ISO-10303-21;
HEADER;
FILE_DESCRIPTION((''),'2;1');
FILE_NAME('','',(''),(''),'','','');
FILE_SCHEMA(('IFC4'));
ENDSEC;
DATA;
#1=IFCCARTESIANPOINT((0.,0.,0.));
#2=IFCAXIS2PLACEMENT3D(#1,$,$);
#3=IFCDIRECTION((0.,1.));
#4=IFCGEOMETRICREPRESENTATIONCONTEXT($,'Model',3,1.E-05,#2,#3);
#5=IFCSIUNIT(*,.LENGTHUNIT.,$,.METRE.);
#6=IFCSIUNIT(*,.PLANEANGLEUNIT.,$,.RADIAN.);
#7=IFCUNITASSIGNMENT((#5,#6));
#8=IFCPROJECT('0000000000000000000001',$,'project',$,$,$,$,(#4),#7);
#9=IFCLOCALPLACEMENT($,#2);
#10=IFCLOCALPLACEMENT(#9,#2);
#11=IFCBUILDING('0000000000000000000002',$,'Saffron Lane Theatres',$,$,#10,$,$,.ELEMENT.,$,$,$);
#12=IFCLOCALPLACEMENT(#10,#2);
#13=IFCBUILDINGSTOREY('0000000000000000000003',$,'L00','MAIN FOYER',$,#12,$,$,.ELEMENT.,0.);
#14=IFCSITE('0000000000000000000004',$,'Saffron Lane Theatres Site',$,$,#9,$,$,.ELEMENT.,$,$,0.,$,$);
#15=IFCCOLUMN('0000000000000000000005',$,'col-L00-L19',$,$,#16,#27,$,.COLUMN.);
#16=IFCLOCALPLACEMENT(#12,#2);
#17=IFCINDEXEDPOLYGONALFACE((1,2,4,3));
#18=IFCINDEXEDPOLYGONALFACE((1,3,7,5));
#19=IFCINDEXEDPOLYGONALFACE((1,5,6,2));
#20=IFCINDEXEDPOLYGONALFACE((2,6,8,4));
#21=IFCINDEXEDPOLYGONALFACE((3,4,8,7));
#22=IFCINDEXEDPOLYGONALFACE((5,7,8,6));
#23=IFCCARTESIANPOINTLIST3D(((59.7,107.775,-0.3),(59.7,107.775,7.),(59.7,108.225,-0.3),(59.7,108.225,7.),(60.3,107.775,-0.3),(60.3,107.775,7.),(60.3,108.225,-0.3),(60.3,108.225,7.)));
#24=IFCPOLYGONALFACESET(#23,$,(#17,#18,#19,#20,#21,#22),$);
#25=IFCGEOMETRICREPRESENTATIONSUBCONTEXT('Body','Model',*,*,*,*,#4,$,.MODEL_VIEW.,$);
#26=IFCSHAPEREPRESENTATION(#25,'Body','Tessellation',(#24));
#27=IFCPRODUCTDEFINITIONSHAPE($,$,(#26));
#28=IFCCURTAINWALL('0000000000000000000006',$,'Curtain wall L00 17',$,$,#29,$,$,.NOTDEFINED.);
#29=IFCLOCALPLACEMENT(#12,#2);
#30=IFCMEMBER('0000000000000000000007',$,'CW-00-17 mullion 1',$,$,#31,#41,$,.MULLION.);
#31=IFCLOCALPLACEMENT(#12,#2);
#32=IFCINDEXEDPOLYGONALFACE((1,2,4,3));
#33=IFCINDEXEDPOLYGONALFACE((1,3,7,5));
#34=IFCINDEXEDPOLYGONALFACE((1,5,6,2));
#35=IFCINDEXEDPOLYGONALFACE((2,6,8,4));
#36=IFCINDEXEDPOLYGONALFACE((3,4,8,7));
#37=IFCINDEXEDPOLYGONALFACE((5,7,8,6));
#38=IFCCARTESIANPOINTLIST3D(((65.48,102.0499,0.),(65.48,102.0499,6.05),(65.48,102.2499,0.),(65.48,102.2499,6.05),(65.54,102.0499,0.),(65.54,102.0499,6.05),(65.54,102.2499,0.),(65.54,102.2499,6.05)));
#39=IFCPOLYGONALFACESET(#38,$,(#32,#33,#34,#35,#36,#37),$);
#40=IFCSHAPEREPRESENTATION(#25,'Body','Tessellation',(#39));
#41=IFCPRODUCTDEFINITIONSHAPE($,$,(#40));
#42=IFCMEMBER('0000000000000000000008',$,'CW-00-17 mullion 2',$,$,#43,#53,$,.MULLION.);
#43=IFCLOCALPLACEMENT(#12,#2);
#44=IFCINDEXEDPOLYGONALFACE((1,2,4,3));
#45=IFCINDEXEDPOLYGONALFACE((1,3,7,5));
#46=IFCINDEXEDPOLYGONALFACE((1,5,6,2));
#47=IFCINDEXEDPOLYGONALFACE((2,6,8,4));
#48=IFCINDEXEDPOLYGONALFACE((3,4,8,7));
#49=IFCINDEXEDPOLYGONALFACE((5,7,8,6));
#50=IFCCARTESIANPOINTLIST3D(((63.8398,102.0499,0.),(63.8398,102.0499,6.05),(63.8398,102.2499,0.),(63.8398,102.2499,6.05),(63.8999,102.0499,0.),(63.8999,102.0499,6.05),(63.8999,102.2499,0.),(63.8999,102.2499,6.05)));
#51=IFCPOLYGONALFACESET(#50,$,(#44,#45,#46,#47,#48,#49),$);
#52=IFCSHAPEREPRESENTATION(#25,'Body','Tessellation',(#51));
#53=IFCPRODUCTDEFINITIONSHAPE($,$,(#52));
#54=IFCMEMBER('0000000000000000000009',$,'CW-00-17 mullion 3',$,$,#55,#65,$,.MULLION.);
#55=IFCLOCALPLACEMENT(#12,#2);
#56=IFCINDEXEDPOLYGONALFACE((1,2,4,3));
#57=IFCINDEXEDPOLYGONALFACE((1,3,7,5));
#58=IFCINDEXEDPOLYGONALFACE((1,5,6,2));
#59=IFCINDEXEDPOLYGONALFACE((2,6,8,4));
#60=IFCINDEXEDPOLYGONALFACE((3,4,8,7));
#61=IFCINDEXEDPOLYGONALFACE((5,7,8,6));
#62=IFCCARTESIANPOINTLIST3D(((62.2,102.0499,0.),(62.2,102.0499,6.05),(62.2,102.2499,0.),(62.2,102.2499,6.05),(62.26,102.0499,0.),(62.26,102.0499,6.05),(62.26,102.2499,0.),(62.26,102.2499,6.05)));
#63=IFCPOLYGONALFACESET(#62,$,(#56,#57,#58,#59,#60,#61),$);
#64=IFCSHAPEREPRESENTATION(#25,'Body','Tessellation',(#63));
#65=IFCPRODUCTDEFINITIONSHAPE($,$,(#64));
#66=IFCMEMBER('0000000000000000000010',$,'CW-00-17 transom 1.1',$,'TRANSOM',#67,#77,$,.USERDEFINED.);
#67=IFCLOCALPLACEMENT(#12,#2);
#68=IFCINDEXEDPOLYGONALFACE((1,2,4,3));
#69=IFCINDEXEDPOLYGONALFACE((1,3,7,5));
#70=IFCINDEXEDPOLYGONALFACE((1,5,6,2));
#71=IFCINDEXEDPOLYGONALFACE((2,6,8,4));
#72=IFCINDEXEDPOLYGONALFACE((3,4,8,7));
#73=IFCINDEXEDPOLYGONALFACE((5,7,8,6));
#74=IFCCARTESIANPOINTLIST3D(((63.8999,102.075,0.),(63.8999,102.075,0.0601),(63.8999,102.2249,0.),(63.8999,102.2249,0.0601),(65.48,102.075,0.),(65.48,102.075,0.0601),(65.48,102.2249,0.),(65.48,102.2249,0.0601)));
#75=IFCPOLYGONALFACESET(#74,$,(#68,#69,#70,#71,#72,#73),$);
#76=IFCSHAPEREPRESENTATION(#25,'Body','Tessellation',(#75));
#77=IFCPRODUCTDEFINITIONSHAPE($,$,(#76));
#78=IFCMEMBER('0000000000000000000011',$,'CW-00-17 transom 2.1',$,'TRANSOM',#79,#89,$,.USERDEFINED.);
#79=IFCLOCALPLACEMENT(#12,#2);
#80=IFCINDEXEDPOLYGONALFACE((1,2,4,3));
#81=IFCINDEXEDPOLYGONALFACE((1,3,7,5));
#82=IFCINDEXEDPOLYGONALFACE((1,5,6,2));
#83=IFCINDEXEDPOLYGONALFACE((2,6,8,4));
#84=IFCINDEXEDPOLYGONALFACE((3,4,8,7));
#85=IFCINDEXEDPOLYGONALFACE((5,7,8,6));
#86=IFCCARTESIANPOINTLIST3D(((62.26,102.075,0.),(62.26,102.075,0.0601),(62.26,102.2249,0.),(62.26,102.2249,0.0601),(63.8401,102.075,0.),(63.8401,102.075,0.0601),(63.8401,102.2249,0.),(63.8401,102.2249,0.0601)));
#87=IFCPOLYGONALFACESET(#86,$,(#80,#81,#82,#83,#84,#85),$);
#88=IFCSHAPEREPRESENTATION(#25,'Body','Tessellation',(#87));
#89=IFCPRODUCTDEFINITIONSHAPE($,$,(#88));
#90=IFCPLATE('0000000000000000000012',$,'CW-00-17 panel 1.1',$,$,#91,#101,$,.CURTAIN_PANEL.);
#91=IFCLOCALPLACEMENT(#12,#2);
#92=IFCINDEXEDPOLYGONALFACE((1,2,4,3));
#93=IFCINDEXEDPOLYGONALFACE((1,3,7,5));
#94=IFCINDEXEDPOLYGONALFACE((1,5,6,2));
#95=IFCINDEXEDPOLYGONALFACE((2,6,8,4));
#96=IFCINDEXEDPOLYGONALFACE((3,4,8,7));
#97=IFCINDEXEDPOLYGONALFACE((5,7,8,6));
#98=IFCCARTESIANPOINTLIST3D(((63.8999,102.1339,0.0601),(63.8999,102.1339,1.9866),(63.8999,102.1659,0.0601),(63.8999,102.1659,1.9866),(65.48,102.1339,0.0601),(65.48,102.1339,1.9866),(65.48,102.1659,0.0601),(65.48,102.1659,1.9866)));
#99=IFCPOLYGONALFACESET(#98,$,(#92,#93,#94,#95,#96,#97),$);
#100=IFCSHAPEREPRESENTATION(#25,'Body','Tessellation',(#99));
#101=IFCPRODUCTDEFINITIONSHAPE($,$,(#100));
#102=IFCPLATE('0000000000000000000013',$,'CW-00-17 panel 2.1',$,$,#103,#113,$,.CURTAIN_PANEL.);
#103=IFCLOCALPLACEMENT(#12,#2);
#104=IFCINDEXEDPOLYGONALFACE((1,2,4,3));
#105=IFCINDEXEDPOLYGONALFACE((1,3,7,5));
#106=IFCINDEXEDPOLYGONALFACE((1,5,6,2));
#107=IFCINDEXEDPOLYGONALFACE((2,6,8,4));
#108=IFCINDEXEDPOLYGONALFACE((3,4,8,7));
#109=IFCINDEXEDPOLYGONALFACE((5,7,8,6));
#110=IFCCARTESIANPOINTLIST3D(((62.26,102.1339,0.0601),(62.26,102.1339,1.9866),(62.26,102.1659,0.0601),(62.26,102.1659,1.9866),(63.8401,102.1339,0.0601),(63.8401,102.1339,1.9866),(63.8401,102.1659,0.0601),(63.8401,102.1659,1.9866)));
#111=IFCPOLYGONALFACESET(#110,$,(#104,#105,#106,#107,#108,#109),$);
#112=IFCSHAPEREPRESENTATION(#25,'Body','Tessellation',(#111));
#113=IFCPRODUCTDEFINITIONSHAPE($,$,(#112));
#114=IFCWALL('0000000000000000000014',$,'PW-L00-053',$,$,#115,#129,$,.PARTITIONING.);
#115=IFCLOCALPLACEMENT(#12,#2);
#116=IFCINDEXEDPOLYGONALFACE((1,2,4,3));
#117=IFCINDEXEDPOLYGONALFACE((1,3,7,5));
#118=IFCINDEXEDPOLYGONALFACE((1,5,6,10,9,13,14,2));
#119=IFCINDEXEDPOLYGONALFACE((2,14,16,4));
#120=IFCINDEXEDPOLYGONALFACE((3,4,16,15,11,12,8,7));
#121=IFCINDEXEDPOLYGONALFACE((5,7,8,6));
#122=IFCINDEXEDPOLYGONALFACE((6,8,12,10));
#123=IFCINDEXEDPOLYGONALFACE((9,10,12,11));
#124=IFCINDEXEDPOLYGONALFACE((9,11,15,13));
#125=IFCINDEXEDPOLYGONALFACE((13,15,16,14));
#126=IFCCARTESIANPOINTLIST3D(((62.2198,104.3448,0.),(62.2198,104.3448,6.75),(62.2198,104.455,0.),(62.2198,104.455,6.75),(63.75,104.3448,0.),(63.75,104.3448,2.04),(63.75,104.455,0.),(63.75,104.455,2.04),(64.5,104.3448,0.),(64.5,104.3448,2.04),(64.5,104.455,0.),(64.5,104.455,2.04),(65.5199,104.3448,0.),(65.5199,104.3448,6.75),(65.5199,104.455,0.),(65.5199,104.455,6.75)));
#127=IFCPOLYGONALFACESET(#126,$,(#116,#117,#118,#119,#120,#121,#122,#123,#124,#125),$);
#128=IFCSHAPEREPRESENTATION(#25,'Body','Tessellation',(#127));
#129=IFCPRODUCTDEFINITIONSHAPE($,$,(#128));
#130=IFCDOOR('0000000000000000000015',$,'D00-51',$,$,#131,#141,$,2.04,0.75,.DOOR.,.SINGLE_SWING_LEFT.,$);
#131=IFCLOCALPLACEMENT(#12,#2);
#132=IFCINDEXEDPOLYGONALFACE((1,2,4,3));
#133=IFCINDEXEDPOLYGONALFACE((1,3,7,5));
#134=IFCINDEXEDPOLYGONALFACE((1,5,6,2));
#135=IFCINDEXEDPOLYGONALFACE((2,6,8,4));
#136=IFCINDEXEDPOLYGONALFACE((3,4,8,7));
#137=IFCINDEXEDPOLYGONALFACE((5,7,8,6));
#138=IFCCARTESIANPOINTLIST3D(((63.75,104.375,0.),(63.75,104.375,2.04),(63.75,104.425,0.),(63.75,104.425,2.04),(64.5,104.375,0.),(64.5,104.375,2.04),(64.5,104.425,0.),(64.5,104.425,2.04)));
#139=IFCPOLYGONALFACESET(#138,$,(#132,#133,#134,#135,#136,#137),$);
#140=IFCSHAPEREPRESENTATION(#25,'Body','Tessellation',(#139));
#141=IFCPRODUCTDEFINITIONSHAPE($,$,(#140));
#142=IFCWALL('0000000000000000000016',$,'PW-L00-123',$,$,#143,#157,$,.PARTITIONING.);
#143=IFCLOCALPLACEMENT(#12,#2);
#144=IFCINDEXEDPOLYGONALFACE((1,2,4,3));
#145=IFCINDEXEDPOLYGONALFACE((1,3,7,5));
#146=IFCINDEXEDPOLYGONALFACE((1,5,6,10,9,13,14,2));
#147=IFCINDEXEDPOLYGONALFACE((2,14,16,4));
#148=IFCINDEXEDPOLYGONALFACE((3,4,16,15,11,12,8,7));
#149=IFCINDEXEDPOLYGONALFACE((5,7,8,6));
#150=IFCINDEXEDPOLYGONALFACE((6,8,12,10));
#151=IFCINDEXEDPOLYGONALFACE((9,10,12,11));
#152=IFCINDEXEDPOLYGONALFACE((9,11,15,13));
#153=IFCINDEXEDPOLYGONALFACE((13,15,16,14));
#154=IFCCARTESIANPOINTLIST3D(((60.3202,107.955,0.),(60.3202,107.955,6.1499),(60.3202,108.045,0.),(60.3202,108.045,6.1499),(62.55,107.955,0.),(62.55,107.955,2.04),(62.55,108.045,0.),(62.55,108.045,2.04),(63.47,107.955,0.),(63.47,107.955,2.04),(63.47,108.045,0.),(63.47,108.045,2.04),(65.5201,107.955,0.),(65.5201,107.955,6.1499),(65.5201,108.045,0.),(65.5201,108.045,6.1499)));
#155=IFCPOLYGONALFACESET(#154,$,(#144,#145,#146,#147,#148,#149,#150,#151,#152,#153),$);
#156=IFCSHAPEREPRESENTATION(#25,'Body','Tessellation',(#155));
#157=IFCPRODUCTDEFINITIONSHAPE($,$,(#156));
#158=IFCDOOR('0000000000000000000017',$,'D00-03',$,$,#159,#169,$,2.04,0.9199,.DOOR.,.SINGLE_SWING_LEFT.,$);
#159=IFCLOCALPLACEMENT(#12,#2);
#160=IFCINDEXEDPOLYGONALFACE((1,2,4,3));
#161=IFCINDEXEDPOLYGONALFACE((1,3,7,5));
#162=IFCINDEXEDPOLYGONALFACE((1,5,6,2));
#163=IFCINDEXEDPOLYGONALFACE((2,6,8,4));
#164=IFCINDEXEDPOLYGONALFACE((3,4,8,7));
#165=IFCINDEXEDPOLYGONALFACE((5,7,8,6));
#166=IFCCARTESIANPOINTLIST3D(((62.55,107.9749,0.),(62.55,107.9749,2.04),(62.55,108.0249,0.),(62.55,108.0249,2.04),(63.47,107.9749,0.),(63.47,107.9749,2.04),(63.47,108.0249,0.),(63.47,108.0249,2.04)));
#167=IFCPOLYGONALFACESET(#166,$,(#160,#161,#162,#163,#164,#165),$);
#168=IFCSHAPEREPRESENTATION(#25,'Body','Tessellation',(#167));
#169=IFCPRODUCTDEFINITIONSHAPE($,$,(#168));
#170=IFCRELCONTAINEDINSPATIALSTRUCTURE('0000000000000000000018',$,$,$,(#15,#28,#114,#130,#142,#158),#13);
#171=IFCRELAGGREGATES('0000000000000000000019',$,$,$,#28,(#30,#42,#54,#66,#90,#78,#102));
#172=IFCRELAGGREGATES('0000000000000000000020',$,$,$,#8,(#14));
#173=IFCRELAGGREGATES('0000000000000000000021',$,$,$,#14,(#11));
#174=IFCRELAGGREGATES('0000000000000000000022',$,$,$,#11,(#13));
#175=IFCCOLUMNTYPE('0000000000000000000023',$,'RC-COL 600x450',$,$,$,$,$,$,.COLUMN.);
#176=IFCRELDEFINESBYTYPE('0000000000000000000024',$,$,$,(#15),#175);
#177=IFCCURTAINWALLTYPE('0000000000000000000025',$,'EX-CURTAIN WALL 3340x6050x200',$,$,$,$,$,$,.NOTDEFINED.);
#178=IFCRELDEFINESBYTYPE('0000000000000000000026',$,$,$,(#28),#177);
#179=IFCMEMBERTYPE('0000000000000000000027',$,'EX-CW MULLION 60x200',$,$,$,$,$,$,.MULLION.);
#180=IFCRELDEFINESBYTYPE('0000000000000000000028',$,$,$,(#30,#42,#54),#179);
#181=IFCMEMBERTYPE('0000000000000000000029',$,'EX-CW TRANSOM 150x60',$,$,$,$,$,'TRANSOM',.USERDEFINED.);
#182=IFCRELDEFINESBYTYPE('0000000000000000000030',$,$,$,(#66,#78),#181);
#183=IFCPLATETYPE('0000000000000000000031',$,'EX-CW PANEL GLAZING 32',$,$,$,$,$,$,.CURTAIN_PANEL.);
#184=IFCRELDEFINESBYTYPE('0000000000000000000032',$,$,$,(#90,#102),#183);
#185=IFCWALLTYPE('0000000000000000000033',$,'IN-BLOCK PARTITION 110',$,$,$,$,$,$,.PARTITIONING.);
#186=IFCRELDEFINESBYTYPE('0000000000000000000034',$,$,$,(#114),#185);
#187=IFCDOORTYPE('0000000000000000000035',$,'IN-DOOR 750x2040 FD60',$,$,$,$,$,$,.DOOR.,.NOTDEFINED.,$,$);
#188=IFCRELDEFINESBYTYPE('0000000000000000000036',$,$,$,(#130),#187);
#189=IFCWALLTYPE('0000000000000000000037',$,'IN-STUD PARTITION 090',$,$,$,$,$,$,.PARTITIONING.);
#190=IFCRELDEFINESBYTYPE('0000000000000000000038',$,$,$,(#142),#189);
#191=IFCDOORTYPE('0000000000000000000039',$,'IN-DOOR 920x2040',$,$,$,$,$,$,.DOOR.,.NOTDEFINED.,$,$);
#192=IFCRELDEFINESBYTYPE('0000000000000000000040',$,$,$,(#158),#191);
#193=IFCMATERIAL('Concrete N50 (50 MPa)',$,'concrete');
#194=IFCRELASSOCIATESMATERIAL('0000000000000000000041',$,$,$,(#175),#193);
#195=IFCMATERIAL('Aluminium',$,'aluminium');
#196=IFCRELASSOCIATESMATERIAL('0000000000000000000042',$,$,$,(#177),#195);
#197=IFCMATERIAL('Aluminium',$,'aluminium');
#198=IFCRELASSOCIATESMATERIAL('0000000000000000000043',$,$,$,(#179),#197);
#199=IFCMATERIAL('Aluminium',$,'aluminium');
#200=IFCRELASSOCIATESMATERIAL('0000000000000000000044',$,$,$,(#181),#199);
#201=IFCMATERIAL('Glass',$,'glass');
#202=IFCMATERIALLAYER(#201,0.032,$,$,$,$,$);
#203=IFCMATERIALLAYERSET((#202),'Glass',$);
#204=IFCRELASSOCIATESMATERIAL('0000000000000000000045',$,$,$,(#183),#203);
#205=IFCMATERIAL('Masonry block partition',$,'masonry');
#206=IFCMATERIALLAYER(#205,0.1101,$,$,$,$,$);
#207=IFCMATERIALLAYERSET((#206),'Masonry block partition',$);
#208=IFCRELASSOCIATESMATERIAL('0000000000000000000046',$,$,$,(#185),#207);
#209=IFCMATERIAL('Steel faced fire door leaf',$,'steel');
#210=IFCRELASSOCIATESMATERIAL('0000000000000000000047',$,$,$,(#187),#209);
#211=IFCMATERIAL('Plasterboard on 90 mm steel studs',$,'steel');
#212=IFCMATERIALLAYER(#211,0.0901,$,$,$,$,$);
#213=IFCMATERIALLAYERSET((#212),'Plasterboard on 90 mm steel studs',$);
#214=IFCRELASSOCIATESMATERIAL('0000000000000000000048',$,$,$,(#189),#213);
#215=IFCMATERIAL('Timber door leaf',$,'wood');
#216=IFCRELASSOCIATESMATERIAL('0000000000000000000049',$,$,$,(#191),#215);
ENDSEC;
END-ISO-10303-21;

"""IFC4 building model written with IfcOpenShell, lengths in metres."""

from ifc_helpers import new_model, si_unit, direction, frame, frame_2d, origin, origin_2d, place, context, subcontext, project, spatial, rectangle, extrude, material, layer, layer_set, material_profile, profile_set, type_object, element, fill, aggregate, save


model = new_model("IFC4")

# Units and contexts
model_context = context("Model", 3, precision=1e-05, world=origin(), true_north=direction((0.0, 1.0)))
body_context = subcontext(model_context, "Body", "Model", "MODEL_VIEW")
ifc_project = project(units=[si_unit("LENGTHUNIT", "METRE"), si_unit("PLANEANGLEUNIT", "RADIAN")], contexts=[model_context])

# Site, building, storey
site_placement = place(None, origin())
site = spatial("IfcSite", under=ifc_project, at=site_placement, Name="Saffron Lane Theatres Site", CompositionType="ELEMENT", RefElevation=0.0)
building_placement = place(site_placement, origin())
building = spatial("IfcBuilding", under=site, at=building_placement, Name="Saffron Lane Theatres", CompositionType="ELEMENT")
storey_placement = place(building_placement, origin())
storey = spatial("IfcBuildingStorey", under=building, at=storey_placement, Name="L00", Description="MAIN FOYER", CompositionType="ELEMENT", Elevation=0.0)

# Column
ifc_material_1 = material(Name="Concrete N50 (50 MPa)", Category="concrete")
ifc_material_profile_1 = material_profile(ifc_material_1, rectangle(XDim=0.6001, YDim=0.45, at=origin_2d()))
ifc_profile_set_1 = profile_set([ifc_material_profile_1], Name="Concrete N50 (50 MPa)")
column_type = type_object("IfcColumnType", Name="RC-COL 600x450", PredefinedType="COLUMN", material=ifc_profile_set_1)
column_placement = place(storey_placement, frame((60.0, 108.0, -0.3), z_axis=(0.0, 0.0, 1.0), x_axis=(1.0, 0.0, 0.0)))
element("IfcColumn", 1, at=column_placement, inside=storey, type_object=column_type, Name="col-L00-L19", PredefinedType="COLUMN", context=body_context, shape_type="SweptSolid", body=[
    extrude(rectangle(XDim=0.6001, YDim=0.45, at=origin_2d()), origin(), (0.0, 0.0, 1.0), 7.3),
])

# Curtain wall, members, plates
ifc_material_2 = material(Name="Aluminium", Category="aluminium")
curtain_wall_type = type_object("IfcCurtainWallType", Name="EX-CURTAIN WALL 3340x6050x200", PredefinedType="NOTDEFINED", material=ifc_material_2)
curtain_wall_placement = place(storey_placement, origin())
curtain_wall = element("IfcCurtainWall", 2, at=curtain_wall_placement, inside=storey, type_object=curtain_wall_type, Name="Curtain wall L00 17", PredefinedType="NOTDEFINED")
ifc_material_3 = material(Name="Aluminium", Category="aluminium")
ifc_material_profile_2 = material_profile(ifc_material_3, rectangle(XDim=0.0601, YDim=0.2, at=origin_2d()))
ifc_profile_set_2 = profile_set([ifc_material_profile_2], Name="Aluminium")
member_type_1 = type_object("IfcMemberType", Name="EX-CW MULLION 60x200", PredefinedType="MULLION", material=ifc_profile_set_2)
member_1_placement = place(storey_placement, frame((65.51, 102.1499, 0.0), z_axis=(0.0, 0.0, 1.0), x_axis=(-1.0, 0.0, 0.0)))
member_1 = element("IfcMember", 3, at=member_1_placement, type_object=member_type_1, Name="CW-00-17 mullion 1", PredefinedType="MULLION", context=body_context, shape_type="SweptSolid", body=[
    extrude(rectangle(XDim=0.0601, YDim=0.2, at=origin_2d()), origin(), (0.0, 0.0, 1.0), 6.05),
])
member_2_placement = place(storey_placement, frame((63.8699, 102.1499, 0.0), z_axis=(0.0, 0.0, 1.0), x_axis=(-1.0, 0.0, 0.0)))
member_2 = element("IfcMember", 4, at=member_2_placement, type_object=member_type_1, Name="CW-00-17 mullion 2", PredefinedType="MULLION", context=body_context, shape_type="SweptSolid", body=[
    extrude(rectangle(XDim=0.0601, YDim=0.2, at=origin_2d()), origin(), (0.0, 0.0, 1.0), 6.05),
])
member_3_placement = place(storey_placement, frame((62.23, 102.1499, 0.0), z_axis=(0.0, 0.0, 1.0), x_axis=(-1.0, 0.0, 0.0)))
member_3 = element("IfcMember", 5, at=member_3_placement, type_object=member_type_1, Name="CW-00-17 mullion 3", PredefinedType="MULLION", context=body_context, shape_type="SweptSolid", body=[
    extrude(rectangle(XDim=0.0601, YDim=0.2, at=origin_2d()), origin(), (0.0, 0.0, 1.0), 6.05),
])
ifc_material_4 = material(Name="Aluminium", Category="aluminium")
ifc_material_profile_3 = material_profile(ifc_material_4, rectangle(XDim=0.1499, YDim=0.0601, at=origin_2d()))
ifc_profile_set_3 = profile_set([ifc_material_profile_3], Name="Aluminium")
member_type_2 = type_object("IfcMemberType", Name="EX-CW TRANSOM 150x60", ElementType="TRANSOM", PredefinedType="USERDEFINED", material=ifc_profile_set_3)
member_4_placement = place(storey_placement, frame((65.48, 102.1499, 0.03), z_axis=(-1.0, 0.0, 0.0), x_axis=(0.0, -1.0, 0.0)))
member_4 = element("IfcMember", 6, at=member_4_placement, type_object=member_type_2, Name="CW-00-17 transom 1.1", ObjectType="TRANSOM", PredefinedType="USERDEFINED", context=body_context, shape_type="SweptSolid", body=[
    extrude(rectangle(XDim=0.1499, YDim=0.0601, at=origin_2d()), origin(), (0.0, 0.0, 1.0), 1.5801),
])
member_5_placement = place(storey_placement, frame((63.8401, 102.1499, 0.03), z_axis=(-1.0, 0.0, 0.0), x_axis=(0.0, -1.0, 0.0)))
member_5 = element("IfcMember", 7, at=member_5_placement, type_object=member_type_2, Name="CW-00-17 transom 2.1", ObjectType="TRANSOM", PredefinedType="USERDEFINED", context=body_context, shape_type="SweptSolid", body=[
    extrude(rectangle(XDim=0.1499, YDim=0.0601, at=origin_2d()), origin(), (0.0, 0.0, 1.0), 1.5801),
])
ifc_material_5 = material(Name="Glass", Category="glass")
ifc_layer_1 = layer(ifc_material_5, 0.032)
ifc_layer_set_1 = layer_set([ifc_layer_1], Name="Glass")
plate_type = type_object("IfcPlateType", Name="EX-CW PANEL GLAZING 32", PredefinedType="CURTAIN_PANEL", material=ifc_layer_set_1)
plate_1_placement = place(storey_placement, frame((64.6899, 102.1499, 0.0601), z_axis=(0.0, 0.0, 1.0), x_axis=(-1.0, 0.0, 0.0)))
plate_1 = element("IfcPlate", 8, at=plate_1_placement, type_object=plate_type, Name="CW-00-17 panel 1.1", PredefinedType="CURTAIN_PANEL", context=body_context, shape_type="SweptSolid", body=[
    extrude(rectangle(XDim=1.5801, YDim=0.032, at=origin_2d()), origin(), (0.0, 0.0, 1.0), 1.9265),
])
plate_2_placement = place(storey_placement, frame((63.05, 102.1499, 0.0601), z_axis=(0.0, 0.0, 1.0), x_axis=(-1.0, 0.0, 0.0)))
plate_2 = element("IfcPlate", 9, at=plate_2_placement, type_object=plate_type, Name="CW-00-17 panel 2.1", PredefinedType="CURTAIN_PANEL", context=body_context, shape_type="SweptSolid", body=[
    extrude(rectangle(XDim=1.5801, YDim=0.032, at=origin_2d()), origin(), (0.0, 0.0, 1.0), 1.9265),
])
aggregate(curtain_wall, [member_1, member_2, member_3, member_4, plate_1, member_5, plate_2])

# Walls, openings, doors
ifc_material_6 = material(Name="Masonry block partition", Category="masonry")
ifc_layer_2 = layer(ifc_material_6, 0.1101)
ifc_layer_set_2 = layer_set([ifc_layer_2], Name="Masonry block partition")
wall_type_1 = type_object("IfcWallType", Name="IN-BLOCK PARTITION 110", PredefinedType="PARTITIONING", material=ifc_layer_set_2)
wall_1_placement = place(storey_placement, frame((62.22, 104.3999, 0.0), z_axis=(0.0, 0.0, 1.0), x_axis=(1.0, 0.0, 0.0)))
wall_1 = element("IfcWall", 10, at=wall_1_placement, inside=storey, type_object=wall_type_1, Name="PW-L00-053", PredefinedType="PARTITIONING", context=body_context, shape_type="SweptSolid", body=[
    extrude(rectangle(XDim=3.3, YDim=0.1101, at=frame_2d((1.6499, 0.0))), origin(), (0.0, 0.0, 1.0), 6.75),
])
opening_1_placement = place(wall_1_placement, frame((1.53, 0.0, 0.0)))
opening_1 = element("IfcOpeningElement", 11, at=opening_1_placement, cuts=wall_1, PredefinedType="OPENING", context=body_context, shape_type="SweptSolid", body=[
    extrude(rectangle(XDim=0.75, YDim=2.04, at=frame_2d((0.375, 1.02))), frame((0.0, 0.0649, 0.0), z_axis=(0.0, -1.0, 0.0), x_axis=(1.0, 0.0, 0.0)), (0.0, 0.0, 1.0), 0.1301),
])
ifc_material_7 = material(Name="Steel faced fire door leaf", Category="steel")
door_type_1 = type_object("IfcDoorType", Name="IN-DOOR 750x2040 FD60", OperationType="NOTDEFINED", PredefinedType="DOOR", material=ifc_material_7)
door_1_placement = place(opening_1_placement, frame((0.75, 0.0, 0.0), z_axis=(0.0, 0.0, 1.0), x_axis=(-1.0, 0.0, 0.0)))
door_1 = element("IfcDoor", 12, at=door_1_placement, inside=storey, type_object=door_type_1, Name="D00-51", OperationType="SINGLE_SWING_LEFT", OverallHeight=2.04, OverallWidth=0.75, PredefinedType="DOOR", context=body_context, shape_type="SweptSolid", body=[
    extrude(rectangle(XDim=0.75, YDim=2.04, at=frame_2d((0.375, 1.02))), frame((0.0, 0.0249, 0.0), z_axis=(0.0, -1.0, 0.0), x_axis=(1.0, 0.0, 0.0)), (0.0, 0.0, 1.0), 0.05),
])
fill(opening_1, door_1)
ifc_material_8 = material(Name="Plasterboard on 90 mm steel studs", Category="steel")
ifc_layer_3 = layer(ifc_material_8, 0.0901)
ifc_layer_set_3 = layer_set([ifc_layer_3], Name="Plasterboard on 90 mm steel studs")
wall_type_2 = type_object("IfcWallType", Name="IN-STUD PARTITION 090", PredefinedType="PARTITIONING", material=ifc_layer_set_3)
wall_2_placement = place(storey_placement, frame((60.3201, 108.0, 0.0), z_axis=(0.0, 0.0, 1.0), x_axis=(1.0, 0.0, 0.0)))
wall_2 = element("IfcWall", 13, at=wall_2_placement, inside=storey, type_object=wall_type_2, Name="PW-L00-123", PredefinedType="PARTITIONING", context=body_context, shape_type="SweptSolid", body=[
    extrude(rectangle(XDim=5.2, YDim=0.0901, at=frame_2d((2.6001, 0.0))), origin(), (0.0, 0.0, 1.0), 6.1499),
])
opening_2_placement = place(wall_2_placement, frame((2.23, 0.0, 0.0)))
opening_2 = element("IfcOpeningElement", 14, at=opening_2_placement, cuts=wall_2, PredefinedType="OPENING", context=body_context, shape_type="SweptSolid", body=[
    extrude(rectangle(XDim=0.9199, YDim=2.04, at=frame_2d((0.46, 1.02))), frame((0.0, 0.0552, 0.0), z_axis=(0.0, -1.0, 0.0), x_axis=(1.0, 0.0, 0.0)), (0.0, 0.0, 1.0), 0.1101),
])
ifc_material_9 = material(Name="Timber door leaf", Category="wood")
door_type_2 = type_object("IfcDoorType", Name="IN-DOOR 920x2040", OperationType="NOTDEFINED", PredefinedType="DOOR", material=ifc_material_9)
door_2_placement = place(opening_2_placement, origin())
door_2 = element("IfcDoor", 15, at=door_2_placement, inside=storey, type_object=door_type_2, Name="D00-03", OperationType="SINGLE_SWING_LEFT", OverallHeight=2.04, OverallWidth=0.9199, PredefinedType="DOOR", context=body_context, shape_type="SweptSolid", body=[
    extrude(rectangle(XDim=0.9199, YDim=2.04, at=frame_2d((0.46, 1.02))), frame((0.0, 0.0249, 0.0), z_axis=(0.0, -1.0, 0.0), x_axis=(1.0, 0.0, 0.0)), (0.0, 0.0, 1.0), 0.05),
])
fill(opening_2, door_2)

save(model, "model.ifc")
